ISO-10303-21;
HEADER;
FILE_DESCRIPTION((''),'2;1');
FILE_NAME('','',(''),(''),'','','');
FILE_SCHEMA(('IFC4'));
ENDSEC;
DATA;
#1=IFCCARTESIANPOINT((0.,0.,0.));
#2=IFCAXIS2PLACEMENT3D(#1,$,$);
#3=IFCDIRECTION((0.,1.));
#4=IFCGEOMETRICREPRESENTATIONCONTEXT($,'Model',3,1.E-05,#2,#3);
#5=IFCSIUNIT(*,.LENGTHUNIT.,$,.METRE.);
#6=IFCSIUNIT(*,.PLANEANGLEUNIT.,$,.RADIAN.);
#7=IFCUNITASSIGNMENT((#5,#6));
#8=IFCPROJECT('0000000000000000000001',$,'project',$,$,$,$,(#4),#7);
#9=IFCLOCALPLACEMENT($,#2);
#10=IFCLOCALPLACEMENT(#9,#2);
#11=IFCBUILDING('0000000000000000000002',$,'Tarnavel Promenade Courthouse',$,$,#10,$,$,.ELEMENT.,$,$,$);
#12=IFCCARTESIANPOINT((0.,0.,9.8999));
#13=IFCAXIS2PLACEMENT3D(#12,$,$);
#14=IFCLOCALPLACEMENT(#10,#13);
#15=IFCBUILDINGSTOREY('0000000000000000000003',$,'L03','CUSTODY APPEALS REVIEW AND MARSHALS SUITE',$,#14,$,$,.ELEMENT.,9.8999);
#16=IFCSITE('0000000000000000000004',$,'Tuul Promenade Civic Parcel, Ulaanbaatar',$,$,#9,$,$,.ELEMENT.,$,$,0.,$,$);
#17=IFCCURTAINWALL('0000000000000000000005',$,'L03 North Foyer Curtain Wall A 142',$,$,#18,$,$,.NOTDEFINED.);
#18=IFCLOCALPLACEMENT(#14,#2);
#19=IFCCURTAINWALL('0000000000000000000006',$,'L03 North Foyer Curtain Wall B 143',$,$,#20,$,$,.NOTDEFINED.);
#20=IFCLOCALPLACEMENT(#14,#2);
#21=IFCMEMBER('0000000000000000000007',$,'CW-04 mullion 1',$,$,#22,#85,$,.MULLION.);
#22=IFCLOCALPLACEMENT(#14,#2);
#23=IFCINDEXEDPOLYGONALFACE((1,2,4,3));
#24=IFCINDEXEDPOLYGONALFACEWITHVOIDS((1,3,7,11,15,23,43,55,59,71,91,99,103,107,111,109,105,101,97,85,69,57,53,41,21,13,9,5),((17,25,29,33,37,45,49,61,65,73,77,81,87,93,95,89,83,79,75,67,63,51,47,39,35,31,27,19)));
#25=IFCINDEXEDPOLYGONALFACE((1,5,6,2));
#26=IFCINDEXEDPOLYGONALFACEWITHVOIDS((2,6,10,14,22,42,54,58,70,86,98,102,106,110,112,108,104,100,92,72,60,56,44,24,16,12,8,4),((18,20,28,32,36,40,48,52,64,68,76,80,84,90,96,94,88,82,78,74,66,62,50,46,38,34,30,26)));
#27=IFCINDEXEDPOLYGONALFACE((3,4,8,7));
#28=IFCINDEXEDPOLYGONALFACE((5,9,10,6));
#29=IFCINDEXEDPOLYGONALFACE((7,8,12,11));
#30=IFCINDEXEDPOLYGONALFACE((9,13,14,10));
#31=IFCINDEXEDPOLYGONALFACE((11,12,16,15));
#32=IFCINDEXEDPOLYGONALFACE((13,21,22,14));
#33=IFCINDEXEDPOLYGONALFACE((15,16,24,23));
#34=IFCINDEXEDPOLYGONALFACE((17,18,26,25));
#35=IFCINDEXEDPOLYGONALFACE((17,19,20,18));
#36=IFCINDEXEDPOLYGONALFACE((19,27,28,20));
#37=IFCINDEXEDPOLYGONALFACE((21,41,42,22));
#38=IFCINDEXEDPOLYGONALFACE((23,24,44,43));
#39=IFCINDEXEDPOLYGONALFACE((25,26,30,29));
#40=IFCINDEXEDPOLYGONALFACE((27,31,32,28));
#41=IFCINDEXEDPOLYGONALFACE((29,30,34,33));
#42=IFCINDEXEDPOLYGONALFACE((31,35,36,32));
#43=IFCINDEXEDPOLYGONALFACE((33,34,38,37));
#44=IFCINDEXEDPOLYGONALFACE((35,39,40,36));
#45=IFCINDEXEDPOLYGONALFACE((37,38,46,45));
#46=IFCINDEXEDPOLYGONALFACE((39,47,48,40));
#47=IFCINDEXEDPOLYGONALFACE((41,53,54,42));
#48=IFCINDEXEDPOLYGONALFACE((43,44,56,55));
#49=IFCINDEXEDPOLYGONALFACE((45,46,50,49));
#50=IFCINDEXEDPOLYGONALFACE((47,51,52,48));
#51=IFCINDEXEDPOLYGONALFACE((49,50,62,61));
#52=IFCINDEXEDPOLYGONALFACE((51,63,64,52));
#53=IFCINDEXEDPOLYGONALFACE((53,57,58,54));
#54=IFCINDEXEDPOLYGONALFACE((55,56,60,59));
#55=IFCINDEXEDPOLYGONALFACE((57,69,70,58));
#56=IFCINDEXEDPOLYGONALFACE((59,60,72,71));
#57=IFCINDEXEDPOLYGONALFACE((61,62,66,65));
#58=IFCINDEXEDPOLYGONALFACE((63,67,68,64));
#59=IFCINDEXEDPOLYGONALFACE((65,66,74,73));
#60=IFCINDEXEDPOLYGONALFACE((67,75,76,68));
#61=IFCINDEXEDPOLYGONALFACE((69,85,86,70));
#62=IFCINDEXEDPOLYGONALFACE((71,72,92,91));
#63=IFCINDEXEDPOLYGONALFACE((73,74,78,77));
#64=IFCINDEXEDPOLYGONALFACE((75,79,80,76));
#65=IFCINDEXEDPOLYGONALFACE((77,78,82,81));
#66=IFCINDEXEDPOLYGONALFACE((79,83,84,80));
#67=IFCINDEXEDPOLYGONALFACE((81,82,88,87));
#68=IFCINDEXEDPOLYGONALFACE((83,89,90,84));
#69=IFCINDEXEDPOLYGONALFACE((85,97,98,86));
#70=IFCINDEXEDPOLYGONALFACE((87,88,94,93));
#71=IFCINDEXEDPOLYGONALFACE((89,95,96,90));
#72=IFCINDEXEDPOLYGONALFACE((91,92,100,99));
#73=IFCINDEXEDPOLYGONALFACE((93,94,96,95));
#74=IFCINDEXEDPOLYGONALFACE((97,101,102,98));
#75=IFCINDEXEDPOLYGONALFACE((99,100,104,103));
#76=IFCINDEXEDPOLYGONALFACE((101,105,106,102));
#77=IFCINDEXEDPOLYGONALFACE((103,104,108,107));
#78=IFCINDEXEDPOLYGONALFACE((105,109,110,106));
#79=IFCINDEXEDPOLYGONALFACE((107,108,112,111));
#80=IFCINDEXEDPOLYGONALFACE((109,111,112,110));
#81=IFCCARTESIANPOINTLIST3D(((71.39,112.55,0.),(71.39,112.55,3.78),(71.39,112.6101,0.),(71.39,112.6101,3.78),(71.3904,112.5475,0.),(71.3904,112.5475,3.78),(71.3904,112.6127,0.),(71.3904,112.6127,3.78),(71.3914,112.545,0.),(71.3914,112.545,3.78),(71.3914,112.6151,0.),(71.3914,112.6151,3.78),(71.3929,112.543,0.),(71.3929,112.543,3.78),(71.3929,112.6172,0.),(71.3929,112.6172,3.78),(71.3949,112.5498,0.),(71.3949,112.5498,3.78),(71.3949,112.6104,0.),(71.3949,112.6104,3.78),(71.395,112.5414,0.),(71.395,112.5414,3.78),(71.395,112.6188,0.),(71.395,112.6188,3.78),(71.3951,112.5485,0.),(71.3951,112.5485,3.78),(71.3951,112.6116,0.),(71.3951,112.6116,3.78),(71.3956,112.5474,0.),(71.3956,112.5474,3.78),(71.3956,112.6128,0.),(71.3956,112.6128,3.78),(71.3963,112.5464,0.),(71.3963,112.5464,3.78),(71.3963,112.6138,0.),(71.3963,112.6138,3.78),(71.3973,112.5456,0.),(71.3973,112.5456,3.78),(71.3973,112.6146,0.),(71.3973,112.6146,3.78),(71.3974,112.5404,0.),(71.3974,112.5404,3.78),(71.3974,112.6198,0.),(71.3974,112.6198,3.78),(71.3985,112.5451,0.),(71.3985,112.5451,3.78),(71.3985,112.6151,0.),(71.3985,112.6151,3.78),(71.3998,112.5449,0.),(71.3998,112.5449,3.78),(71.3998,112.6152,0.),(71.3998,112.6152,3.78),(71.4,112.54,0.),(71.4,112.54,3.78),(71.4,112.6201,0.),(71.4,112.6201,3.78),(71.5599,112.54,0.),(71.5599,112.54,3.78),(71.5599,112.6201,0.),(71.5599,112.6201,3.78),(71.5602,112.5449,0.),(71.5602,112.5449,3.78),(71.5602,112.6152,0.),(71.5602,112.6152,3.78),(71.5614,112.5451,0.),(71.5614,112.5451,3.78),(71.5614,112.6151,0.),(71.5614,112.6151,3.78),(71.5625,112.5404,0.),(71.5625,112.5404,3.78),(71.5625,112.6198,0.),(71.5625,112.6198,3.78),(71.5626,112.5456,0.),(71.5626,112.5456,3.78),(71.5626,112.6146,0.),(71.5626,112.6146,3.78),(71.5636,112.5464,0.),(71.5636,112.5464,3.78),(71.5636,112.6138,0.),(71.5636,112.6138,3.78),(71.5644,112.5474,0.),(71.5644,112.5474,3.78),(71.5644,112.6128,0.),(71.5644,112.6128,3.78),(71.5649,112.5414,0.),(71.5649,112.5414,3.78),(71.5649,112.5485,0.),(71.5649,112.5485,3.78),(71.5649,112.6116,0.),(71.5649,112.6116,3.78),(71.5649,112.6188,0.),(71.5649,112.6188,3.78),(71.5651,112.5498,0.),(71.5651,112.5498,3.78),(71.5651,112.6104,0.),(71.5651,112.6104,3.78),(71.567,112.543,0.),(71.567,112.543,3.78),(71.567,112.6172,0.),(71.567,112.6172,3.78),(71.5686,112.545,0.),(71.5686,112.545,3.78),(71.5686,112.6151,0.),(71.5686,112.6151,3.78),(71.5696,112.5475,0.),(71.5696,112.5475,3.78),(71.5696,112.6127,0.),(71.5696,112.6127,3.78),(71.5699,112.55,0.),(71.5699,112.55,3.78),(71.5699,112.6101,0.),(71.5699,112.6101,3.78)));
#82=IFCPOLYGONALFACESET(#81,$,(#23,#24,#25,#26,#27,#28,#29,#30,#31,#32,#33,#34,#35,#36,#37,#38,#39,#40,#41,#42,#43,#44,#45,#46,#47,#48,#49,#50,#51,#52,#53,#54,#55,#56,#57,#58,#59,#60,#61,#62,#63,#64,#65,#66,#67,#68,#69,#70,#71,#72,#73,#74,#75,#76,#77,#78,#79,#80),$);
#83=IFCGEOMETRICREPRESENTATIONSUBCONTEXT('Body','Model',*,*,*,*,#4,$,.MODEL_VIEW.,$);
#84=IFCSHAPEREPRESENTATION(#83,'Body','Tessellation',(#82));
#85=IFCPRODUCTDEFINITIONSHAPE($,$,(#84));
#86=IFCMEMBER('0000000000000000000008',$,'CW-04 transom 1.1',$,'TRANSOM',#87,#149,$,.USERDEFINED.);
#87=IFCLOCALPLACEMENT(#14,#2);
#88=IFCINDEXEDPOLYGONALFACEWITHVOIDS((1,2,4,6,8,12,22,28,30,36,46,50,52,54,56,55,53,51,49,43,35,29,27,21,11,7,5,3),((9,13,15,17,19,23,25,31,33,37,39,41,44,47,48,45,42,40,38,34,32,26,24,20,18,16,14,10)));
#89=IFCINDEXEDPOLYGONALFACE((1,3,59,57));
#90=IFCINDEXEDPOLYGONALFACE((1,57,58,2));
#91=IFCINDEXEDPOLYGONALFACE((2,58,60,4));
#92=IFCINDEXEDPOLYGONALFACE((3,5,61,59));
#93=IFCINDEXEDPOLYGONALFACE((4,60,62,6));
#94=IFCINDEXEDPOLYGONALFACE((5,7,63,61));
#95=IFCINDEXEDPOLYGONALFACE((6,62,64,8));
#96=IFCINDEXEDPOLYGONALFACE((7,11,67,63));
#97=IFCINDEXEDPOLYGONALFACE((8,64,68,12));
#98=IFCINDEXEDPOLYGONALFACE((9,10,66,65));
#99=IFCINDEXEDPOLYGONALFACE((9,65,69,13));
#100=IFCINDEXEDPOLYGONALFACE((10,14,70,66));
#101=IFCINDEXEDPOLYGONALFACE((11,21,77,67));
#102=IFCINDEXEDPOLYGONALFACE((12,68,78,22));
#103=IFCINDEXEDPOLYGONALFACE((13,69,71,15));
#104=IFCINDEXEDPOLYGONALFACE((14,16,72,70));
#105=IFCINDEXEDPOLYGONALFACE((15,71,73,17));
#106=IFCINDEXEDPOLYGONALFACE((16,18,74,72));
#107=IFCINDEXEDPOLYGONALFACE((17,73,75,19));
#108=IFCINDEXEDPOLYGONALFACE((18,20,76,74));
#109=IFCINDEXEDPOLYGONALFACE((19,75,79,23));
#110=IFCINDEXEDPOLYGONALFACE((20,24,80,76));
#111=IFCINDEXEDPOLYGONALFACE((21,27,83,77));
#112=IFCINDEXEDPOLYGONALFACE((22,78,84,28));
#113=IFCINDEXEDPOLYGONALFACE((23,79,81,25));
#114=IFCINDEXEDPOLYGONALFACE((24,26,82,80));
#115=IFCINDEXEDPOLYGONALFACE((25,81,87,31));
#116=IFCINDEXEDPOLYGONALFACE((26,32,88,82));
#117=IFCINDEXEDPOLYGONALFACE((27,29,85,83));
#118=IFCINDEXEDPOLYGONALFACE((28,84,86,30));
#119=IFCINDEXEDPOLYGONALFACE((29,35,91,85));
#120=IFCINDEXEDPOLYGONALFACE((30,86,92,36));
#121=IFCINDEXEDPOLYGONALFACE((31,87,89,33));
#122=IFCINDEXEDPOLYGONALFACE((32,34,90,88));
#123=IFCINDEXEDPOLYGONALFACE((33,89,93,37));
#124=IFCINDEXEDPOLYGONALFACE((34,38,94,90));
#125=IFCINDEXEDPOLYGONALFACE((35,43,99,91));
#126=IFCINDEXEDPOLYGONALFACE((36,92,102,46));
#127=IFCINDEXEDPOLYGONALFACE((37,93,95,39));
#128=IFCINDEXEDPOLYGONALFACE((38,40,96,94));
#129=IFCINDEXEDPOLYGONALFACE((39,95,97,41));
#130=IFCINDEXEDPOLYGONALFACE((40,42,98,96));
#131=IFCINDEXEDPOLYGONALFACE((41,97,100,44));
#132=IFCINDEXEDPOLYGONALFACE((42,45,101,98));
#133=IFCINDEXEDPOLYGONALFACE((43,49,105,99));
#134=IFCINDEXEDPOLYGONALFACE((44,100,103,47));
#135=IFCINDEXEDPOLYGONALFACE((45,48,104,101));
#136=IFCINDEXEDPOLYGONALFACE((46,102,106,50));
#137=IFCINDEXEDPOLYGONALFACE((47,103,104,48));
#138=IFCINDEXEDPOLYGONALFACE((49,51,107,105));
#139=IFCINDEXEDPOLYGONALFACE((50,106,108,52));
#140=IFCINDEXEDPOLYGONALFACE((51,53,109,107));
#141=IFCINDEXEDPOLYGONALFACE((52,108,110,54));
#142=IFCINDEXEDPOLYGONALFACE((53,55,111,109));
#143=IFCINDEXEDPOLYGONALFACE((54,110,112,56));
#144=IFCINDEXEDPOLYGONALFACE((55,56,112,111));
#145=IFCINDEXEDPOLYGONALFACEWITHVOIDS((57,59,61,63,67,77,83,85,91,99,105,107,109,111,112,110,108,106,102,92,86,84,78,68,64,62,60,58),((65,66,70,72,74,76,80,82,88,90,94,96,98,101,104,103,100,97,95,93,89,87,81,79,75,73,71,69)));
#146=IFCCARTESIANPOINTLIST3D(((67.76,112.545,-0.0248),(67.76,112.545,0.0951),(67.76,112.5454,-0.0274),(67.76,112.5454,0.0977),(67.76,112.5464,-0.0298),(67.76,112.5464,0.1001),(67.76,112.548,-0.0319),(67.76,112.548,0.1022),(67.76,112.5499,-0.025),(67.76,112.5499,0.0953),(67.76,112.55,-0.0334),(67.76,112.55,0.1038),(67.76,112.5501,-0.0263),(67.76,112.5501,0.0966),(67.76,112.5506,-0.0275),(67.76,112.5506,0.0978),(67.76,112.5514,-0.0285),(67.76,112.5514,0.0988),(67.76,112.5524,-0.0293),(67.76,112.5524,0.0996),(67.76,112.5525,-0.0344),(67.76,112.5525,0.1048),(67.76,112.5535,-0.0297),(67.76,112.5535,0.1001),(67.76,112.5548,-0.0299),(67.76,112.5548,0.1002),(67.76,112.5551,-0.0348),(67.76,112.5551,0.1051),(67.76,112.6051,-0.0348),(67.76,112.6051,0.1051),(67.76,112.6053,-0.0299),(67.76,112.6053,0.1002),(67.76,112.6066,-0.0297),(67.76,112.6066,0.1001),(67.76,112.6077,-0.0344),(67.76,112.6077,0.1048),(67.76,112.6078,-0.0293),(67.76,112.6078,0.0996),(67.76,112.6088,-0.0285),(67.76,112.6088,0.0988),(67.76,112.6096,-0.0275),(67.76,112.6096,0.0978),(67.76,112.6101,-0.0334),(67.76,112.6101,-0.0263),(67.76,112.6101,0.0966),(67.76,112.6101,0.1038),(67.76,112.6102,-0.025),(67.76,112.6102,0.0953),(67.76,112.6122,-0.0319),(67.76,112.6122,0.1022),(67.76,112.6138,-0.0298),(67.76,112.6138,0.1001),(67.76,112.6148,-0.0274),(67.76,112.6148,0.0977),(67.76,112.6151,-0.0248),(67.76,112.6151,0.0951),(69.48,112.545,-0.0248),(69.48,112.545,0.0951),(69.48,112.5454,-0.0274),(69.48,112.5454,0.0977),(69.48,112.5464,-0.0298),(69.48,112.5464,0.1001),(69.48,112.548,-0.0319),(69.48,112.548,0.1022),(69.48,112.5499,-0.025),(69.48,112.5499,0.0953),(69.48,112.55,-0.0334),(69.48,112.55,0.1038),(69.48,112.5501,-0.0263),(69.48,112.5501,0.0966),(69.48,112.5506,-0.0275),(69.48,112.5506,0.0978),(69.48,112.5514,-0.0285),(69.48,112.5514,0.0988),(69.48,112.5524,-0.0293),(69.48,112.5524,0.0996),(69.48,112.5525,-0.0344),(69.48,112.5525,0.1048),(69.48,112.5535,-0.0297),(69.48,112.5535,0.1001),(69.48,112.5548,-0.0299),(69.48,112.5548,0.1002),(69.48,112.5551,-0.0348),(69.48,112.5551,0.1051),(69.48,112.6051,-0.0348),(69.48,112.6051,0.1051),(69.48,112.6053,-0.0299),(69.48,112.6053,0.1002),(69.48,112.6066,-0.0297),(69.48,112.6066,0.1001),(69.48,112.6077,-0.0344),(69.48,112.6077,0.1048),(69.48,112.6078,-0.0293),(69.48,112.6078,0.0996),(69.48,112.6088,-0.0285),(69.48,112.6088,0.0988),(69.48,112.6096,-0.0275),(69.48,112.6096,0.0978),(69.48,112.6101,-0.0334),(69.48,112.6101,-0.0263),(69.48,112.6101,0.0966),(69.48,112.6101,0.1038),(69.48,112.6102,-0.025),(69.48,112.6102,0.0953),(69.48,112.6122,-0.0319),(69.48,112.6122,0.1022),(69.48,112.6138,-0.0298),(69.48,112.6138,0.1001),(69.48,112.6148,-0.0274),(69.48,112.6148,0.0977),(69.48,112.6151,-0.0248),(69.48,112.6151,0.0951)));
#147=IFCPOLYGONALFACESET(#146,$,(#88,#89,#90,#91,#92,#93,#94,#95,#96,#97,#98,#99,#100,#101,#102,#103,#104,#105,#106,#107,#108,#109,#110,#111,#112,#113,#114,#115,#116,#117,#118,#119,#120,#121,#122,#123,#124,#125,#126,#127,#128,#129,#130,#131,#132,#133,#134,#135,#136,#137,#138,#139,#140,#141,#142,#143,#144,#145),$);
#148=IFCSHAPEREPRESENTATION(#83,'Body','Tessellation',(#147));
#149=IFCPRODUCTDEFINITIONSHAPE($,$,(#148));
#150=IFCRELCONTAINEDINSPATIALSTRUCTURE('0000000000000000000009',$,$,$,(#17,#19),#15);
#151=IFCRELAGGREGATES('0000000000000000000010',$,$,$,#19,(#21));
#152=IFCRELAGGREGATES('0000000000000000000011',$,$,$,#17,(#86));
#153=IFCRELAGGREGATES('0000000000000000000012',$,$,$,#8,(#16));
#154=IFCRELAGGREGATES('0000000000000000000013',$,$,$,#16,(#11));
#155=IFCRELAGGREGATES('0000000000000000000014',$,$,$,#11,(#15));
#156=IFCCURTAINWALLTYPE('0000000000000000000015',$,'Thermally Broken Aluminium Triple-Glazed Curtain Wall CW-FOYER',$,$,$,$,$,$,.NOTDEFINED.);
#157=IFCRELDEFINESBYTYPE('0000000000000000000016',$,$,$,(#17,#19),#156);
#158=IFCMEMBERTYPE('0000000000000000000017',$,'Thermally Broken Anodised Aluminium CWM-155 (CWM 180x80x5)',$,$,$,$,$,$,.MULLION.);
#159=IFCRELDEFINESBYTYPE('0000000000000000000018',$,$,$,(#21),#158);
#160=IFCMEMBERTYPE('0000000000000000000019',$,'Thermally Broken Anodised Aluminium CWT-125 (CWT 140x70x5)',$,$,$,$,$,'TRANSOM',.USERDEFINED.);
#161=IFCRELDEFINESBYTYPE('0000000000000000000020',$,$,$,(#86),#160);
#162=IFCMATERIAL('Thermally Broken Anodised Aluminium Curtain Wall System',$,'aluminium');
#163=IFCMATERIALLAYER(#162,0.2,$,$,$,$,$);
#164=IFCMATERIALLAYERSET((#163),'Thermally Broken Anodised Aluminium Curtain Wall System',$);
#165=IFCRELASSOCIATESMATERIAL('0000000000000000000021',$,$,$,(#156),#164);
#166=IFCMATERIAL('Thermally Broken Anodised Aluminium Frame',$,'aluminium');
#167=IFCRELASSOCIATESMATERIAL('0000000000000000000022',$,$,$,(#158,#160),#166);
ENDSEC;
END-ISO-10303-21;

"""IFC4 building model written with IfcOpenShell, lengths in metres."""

from ifc_helpers import new_model, si_unit, direction, frame, origin, origin_2d, place, context, subcontext, project, spatial, hollow_rectangle, extrude, material, layer, layer_set, material_profile, profile_set, type_object, element, aggregate, save


model = new_model("IFC4")

# Units and contexts
model_context = context("Model", 3, precision=1e-05, world=origin(), true_north=direction((0.0, 1.0)))
body_context = subcontext(model_context, "Body", "Model", "MODEL_VIEW")
ifc_project = project(units=[si_unit("LENGTHUNIT", "METRE"), si_unit("PLANEANGLEUNIT", "RADIAN")], contexts=[model_context])

# Site, building, storey
site_placement = place(None, origin())
site = spatial("IfcSite", under=ifc_project, at=site_placement, Name="Tuul Promenade Civic Parcel, Ulaanbaatar", CompositionType="ELEMENT", RefElevation=0.0)
building_placement = place(site_placement, origin())
building = spatial("IfcBuilding", under=site, at=building_placement, Name="Tarnavel Promenade Courthouse", CompositionType="ELEMENT")
storey_placement = place(building_placement, frame((0.0, 0.0, 9.8999)))
storey = spatial("IfcBuildingStorey", under=building, at=storey_placement, Name="L03", Description="CUSTODY APPEALS REVIEW AND MARSHALS SUITE", CompositionType="ELEMENT", Elevation=9.8999)

# Curtain wall
ifc_material_1 = material(Name="Thermally Broken Anodised Aluminium Curtain Wall System", Category="aluminium")
ifc_layer_1 = layer(ifc_material_1, 0.2)
ifc_layer_set_1 = layer_set([ifc_layer_1], Name="Thermally Broken Anodised Aluminium Curtain Wall System")
curtain_wall_type = type_object("IfcCurtainWallType", Name="Thermally Broken Aluminium Triple-Glazed Curtain Wall CW-FOYER", PredefinedType="NOTDEFINED", material=ifc_layer_set_1)
curtain_wall_1_placement = place(storey_placement, origin())
curtain_wall_1 = element("IfcCurtainWall", 1, at=curtain_wall_1_placement, inside=storey, type_object=curtain_wall_type, Name="L03 North Foyer Curtain Wall A 142", PredefinedType="NOTDEFINED")
ifc_material_2 = material(Name="Thermally Broken Anodised Aluminium Frame", Category="aluminium")
ifc_material_profile_1 = material_profile(ifc_material_2, hollow_rectangle(XDim=0.0801, YDim=0.1799, WallThickness=0.0049, InnerFilletRadius=0.0049, OuterFilletRadius=0.01, at=origin_2d()), Name="CWM 180x80x5")
ifc_profile_set_1 = profile_set([ifc_material_profile_1], Name="Thermally Broken Anodised Aluminium Frame")
member_type_1 = type_object("IfcMemberType", Name="Thermally Broken Anodised Aluminium CWM-155 (CWM 180x80x5)", PredefinedType="MULLION", material=ifc_profile_set_1)

# Curtain wall, member
curtain_wall_2_placement = place(storey_placement, origin())
curtain_wall_2 = element("IfcCurtainWall", 2, at=curtain_wall_2_placement, inside=storey, type_object=curtain_wall_type, Name="L03 North Foyer Curtain Wall B 143", PredefinedType="NOTDEFINED")
member_1_placement = place(storey_placement, frame((71.48, 112.5801, 0.0), z_axis=(0.0, 0.0, 1.0), x_axis=(0.0, 1.0, 0.0)))
member_1 = element("IfcMember", 3, at=member_1_placement, type_object=member_type_1, Name="CW-04 mullion 1", PredefinedType="MULLION", context=body_context, shape_type="SweptSolid", body=[
    extrude(hollow_rectangle(XDim=0.0801, YDim=0.1799, WallThickness=0.0049, InnerFilletRadius=0.0049, OuterFilletRadius=0.01, at=origin_2d()), origin(), (0.0, 0.0, 1.0), 3.78),
])

# Member
ifc_material_profile_2 = material_profile(ifc_material_2, hollow_rectangle(XDim=0.0701, YDim=0.1399, WallThickness=0.0049, InnerFilletRadius=0.0049, OuterFilletRadius=0.01, at=origin_2d()), Name="CWT 140x70x5")
ifc_profile_set_2 = profile_set([ifc_material_profile_2], Name="Thermally Broken Anodised Aluminium Frame")
member_type_2 = type_object("IfcMemberType", Name="Thermally Broken Anodised Aluminium CWT-125 (CWT 140x70x5)", ElementType="TRANSOM", PredefinedType="USERDEFINED", material=ifc_profile_set_2)
member_2_placement = place(storey_placement, frame((67.76, 112.5801, 0.0352), z_axis=(1.0, 0.0, 0.0), x_axis=(0.0, 1.0, 0.0)))
member_2 = element("IfcMember", 4, at=member_2_placement, type_object=member_type_2, Name="CW-04 transom 1.1", ObjectType="TRANSOM", PredefinedType="USERDEFINED", context=body_context, shape_type="SweptSolid", body=[
    extrude(hollow_rectangle(XDim=0.0701, YDim=0.1399, WallThickness=0.0049, InnerFilletRadius=0.0049, OuterFilletRadius=0.01, at=origin_2d()), origin(), (0.0, 0.0, 1.0), 1.72),
])
aggregate(curtain_wall_2, [member_1])

aggregate(curtain_wall_1, [member_2])

save(model, "model.ifc")
